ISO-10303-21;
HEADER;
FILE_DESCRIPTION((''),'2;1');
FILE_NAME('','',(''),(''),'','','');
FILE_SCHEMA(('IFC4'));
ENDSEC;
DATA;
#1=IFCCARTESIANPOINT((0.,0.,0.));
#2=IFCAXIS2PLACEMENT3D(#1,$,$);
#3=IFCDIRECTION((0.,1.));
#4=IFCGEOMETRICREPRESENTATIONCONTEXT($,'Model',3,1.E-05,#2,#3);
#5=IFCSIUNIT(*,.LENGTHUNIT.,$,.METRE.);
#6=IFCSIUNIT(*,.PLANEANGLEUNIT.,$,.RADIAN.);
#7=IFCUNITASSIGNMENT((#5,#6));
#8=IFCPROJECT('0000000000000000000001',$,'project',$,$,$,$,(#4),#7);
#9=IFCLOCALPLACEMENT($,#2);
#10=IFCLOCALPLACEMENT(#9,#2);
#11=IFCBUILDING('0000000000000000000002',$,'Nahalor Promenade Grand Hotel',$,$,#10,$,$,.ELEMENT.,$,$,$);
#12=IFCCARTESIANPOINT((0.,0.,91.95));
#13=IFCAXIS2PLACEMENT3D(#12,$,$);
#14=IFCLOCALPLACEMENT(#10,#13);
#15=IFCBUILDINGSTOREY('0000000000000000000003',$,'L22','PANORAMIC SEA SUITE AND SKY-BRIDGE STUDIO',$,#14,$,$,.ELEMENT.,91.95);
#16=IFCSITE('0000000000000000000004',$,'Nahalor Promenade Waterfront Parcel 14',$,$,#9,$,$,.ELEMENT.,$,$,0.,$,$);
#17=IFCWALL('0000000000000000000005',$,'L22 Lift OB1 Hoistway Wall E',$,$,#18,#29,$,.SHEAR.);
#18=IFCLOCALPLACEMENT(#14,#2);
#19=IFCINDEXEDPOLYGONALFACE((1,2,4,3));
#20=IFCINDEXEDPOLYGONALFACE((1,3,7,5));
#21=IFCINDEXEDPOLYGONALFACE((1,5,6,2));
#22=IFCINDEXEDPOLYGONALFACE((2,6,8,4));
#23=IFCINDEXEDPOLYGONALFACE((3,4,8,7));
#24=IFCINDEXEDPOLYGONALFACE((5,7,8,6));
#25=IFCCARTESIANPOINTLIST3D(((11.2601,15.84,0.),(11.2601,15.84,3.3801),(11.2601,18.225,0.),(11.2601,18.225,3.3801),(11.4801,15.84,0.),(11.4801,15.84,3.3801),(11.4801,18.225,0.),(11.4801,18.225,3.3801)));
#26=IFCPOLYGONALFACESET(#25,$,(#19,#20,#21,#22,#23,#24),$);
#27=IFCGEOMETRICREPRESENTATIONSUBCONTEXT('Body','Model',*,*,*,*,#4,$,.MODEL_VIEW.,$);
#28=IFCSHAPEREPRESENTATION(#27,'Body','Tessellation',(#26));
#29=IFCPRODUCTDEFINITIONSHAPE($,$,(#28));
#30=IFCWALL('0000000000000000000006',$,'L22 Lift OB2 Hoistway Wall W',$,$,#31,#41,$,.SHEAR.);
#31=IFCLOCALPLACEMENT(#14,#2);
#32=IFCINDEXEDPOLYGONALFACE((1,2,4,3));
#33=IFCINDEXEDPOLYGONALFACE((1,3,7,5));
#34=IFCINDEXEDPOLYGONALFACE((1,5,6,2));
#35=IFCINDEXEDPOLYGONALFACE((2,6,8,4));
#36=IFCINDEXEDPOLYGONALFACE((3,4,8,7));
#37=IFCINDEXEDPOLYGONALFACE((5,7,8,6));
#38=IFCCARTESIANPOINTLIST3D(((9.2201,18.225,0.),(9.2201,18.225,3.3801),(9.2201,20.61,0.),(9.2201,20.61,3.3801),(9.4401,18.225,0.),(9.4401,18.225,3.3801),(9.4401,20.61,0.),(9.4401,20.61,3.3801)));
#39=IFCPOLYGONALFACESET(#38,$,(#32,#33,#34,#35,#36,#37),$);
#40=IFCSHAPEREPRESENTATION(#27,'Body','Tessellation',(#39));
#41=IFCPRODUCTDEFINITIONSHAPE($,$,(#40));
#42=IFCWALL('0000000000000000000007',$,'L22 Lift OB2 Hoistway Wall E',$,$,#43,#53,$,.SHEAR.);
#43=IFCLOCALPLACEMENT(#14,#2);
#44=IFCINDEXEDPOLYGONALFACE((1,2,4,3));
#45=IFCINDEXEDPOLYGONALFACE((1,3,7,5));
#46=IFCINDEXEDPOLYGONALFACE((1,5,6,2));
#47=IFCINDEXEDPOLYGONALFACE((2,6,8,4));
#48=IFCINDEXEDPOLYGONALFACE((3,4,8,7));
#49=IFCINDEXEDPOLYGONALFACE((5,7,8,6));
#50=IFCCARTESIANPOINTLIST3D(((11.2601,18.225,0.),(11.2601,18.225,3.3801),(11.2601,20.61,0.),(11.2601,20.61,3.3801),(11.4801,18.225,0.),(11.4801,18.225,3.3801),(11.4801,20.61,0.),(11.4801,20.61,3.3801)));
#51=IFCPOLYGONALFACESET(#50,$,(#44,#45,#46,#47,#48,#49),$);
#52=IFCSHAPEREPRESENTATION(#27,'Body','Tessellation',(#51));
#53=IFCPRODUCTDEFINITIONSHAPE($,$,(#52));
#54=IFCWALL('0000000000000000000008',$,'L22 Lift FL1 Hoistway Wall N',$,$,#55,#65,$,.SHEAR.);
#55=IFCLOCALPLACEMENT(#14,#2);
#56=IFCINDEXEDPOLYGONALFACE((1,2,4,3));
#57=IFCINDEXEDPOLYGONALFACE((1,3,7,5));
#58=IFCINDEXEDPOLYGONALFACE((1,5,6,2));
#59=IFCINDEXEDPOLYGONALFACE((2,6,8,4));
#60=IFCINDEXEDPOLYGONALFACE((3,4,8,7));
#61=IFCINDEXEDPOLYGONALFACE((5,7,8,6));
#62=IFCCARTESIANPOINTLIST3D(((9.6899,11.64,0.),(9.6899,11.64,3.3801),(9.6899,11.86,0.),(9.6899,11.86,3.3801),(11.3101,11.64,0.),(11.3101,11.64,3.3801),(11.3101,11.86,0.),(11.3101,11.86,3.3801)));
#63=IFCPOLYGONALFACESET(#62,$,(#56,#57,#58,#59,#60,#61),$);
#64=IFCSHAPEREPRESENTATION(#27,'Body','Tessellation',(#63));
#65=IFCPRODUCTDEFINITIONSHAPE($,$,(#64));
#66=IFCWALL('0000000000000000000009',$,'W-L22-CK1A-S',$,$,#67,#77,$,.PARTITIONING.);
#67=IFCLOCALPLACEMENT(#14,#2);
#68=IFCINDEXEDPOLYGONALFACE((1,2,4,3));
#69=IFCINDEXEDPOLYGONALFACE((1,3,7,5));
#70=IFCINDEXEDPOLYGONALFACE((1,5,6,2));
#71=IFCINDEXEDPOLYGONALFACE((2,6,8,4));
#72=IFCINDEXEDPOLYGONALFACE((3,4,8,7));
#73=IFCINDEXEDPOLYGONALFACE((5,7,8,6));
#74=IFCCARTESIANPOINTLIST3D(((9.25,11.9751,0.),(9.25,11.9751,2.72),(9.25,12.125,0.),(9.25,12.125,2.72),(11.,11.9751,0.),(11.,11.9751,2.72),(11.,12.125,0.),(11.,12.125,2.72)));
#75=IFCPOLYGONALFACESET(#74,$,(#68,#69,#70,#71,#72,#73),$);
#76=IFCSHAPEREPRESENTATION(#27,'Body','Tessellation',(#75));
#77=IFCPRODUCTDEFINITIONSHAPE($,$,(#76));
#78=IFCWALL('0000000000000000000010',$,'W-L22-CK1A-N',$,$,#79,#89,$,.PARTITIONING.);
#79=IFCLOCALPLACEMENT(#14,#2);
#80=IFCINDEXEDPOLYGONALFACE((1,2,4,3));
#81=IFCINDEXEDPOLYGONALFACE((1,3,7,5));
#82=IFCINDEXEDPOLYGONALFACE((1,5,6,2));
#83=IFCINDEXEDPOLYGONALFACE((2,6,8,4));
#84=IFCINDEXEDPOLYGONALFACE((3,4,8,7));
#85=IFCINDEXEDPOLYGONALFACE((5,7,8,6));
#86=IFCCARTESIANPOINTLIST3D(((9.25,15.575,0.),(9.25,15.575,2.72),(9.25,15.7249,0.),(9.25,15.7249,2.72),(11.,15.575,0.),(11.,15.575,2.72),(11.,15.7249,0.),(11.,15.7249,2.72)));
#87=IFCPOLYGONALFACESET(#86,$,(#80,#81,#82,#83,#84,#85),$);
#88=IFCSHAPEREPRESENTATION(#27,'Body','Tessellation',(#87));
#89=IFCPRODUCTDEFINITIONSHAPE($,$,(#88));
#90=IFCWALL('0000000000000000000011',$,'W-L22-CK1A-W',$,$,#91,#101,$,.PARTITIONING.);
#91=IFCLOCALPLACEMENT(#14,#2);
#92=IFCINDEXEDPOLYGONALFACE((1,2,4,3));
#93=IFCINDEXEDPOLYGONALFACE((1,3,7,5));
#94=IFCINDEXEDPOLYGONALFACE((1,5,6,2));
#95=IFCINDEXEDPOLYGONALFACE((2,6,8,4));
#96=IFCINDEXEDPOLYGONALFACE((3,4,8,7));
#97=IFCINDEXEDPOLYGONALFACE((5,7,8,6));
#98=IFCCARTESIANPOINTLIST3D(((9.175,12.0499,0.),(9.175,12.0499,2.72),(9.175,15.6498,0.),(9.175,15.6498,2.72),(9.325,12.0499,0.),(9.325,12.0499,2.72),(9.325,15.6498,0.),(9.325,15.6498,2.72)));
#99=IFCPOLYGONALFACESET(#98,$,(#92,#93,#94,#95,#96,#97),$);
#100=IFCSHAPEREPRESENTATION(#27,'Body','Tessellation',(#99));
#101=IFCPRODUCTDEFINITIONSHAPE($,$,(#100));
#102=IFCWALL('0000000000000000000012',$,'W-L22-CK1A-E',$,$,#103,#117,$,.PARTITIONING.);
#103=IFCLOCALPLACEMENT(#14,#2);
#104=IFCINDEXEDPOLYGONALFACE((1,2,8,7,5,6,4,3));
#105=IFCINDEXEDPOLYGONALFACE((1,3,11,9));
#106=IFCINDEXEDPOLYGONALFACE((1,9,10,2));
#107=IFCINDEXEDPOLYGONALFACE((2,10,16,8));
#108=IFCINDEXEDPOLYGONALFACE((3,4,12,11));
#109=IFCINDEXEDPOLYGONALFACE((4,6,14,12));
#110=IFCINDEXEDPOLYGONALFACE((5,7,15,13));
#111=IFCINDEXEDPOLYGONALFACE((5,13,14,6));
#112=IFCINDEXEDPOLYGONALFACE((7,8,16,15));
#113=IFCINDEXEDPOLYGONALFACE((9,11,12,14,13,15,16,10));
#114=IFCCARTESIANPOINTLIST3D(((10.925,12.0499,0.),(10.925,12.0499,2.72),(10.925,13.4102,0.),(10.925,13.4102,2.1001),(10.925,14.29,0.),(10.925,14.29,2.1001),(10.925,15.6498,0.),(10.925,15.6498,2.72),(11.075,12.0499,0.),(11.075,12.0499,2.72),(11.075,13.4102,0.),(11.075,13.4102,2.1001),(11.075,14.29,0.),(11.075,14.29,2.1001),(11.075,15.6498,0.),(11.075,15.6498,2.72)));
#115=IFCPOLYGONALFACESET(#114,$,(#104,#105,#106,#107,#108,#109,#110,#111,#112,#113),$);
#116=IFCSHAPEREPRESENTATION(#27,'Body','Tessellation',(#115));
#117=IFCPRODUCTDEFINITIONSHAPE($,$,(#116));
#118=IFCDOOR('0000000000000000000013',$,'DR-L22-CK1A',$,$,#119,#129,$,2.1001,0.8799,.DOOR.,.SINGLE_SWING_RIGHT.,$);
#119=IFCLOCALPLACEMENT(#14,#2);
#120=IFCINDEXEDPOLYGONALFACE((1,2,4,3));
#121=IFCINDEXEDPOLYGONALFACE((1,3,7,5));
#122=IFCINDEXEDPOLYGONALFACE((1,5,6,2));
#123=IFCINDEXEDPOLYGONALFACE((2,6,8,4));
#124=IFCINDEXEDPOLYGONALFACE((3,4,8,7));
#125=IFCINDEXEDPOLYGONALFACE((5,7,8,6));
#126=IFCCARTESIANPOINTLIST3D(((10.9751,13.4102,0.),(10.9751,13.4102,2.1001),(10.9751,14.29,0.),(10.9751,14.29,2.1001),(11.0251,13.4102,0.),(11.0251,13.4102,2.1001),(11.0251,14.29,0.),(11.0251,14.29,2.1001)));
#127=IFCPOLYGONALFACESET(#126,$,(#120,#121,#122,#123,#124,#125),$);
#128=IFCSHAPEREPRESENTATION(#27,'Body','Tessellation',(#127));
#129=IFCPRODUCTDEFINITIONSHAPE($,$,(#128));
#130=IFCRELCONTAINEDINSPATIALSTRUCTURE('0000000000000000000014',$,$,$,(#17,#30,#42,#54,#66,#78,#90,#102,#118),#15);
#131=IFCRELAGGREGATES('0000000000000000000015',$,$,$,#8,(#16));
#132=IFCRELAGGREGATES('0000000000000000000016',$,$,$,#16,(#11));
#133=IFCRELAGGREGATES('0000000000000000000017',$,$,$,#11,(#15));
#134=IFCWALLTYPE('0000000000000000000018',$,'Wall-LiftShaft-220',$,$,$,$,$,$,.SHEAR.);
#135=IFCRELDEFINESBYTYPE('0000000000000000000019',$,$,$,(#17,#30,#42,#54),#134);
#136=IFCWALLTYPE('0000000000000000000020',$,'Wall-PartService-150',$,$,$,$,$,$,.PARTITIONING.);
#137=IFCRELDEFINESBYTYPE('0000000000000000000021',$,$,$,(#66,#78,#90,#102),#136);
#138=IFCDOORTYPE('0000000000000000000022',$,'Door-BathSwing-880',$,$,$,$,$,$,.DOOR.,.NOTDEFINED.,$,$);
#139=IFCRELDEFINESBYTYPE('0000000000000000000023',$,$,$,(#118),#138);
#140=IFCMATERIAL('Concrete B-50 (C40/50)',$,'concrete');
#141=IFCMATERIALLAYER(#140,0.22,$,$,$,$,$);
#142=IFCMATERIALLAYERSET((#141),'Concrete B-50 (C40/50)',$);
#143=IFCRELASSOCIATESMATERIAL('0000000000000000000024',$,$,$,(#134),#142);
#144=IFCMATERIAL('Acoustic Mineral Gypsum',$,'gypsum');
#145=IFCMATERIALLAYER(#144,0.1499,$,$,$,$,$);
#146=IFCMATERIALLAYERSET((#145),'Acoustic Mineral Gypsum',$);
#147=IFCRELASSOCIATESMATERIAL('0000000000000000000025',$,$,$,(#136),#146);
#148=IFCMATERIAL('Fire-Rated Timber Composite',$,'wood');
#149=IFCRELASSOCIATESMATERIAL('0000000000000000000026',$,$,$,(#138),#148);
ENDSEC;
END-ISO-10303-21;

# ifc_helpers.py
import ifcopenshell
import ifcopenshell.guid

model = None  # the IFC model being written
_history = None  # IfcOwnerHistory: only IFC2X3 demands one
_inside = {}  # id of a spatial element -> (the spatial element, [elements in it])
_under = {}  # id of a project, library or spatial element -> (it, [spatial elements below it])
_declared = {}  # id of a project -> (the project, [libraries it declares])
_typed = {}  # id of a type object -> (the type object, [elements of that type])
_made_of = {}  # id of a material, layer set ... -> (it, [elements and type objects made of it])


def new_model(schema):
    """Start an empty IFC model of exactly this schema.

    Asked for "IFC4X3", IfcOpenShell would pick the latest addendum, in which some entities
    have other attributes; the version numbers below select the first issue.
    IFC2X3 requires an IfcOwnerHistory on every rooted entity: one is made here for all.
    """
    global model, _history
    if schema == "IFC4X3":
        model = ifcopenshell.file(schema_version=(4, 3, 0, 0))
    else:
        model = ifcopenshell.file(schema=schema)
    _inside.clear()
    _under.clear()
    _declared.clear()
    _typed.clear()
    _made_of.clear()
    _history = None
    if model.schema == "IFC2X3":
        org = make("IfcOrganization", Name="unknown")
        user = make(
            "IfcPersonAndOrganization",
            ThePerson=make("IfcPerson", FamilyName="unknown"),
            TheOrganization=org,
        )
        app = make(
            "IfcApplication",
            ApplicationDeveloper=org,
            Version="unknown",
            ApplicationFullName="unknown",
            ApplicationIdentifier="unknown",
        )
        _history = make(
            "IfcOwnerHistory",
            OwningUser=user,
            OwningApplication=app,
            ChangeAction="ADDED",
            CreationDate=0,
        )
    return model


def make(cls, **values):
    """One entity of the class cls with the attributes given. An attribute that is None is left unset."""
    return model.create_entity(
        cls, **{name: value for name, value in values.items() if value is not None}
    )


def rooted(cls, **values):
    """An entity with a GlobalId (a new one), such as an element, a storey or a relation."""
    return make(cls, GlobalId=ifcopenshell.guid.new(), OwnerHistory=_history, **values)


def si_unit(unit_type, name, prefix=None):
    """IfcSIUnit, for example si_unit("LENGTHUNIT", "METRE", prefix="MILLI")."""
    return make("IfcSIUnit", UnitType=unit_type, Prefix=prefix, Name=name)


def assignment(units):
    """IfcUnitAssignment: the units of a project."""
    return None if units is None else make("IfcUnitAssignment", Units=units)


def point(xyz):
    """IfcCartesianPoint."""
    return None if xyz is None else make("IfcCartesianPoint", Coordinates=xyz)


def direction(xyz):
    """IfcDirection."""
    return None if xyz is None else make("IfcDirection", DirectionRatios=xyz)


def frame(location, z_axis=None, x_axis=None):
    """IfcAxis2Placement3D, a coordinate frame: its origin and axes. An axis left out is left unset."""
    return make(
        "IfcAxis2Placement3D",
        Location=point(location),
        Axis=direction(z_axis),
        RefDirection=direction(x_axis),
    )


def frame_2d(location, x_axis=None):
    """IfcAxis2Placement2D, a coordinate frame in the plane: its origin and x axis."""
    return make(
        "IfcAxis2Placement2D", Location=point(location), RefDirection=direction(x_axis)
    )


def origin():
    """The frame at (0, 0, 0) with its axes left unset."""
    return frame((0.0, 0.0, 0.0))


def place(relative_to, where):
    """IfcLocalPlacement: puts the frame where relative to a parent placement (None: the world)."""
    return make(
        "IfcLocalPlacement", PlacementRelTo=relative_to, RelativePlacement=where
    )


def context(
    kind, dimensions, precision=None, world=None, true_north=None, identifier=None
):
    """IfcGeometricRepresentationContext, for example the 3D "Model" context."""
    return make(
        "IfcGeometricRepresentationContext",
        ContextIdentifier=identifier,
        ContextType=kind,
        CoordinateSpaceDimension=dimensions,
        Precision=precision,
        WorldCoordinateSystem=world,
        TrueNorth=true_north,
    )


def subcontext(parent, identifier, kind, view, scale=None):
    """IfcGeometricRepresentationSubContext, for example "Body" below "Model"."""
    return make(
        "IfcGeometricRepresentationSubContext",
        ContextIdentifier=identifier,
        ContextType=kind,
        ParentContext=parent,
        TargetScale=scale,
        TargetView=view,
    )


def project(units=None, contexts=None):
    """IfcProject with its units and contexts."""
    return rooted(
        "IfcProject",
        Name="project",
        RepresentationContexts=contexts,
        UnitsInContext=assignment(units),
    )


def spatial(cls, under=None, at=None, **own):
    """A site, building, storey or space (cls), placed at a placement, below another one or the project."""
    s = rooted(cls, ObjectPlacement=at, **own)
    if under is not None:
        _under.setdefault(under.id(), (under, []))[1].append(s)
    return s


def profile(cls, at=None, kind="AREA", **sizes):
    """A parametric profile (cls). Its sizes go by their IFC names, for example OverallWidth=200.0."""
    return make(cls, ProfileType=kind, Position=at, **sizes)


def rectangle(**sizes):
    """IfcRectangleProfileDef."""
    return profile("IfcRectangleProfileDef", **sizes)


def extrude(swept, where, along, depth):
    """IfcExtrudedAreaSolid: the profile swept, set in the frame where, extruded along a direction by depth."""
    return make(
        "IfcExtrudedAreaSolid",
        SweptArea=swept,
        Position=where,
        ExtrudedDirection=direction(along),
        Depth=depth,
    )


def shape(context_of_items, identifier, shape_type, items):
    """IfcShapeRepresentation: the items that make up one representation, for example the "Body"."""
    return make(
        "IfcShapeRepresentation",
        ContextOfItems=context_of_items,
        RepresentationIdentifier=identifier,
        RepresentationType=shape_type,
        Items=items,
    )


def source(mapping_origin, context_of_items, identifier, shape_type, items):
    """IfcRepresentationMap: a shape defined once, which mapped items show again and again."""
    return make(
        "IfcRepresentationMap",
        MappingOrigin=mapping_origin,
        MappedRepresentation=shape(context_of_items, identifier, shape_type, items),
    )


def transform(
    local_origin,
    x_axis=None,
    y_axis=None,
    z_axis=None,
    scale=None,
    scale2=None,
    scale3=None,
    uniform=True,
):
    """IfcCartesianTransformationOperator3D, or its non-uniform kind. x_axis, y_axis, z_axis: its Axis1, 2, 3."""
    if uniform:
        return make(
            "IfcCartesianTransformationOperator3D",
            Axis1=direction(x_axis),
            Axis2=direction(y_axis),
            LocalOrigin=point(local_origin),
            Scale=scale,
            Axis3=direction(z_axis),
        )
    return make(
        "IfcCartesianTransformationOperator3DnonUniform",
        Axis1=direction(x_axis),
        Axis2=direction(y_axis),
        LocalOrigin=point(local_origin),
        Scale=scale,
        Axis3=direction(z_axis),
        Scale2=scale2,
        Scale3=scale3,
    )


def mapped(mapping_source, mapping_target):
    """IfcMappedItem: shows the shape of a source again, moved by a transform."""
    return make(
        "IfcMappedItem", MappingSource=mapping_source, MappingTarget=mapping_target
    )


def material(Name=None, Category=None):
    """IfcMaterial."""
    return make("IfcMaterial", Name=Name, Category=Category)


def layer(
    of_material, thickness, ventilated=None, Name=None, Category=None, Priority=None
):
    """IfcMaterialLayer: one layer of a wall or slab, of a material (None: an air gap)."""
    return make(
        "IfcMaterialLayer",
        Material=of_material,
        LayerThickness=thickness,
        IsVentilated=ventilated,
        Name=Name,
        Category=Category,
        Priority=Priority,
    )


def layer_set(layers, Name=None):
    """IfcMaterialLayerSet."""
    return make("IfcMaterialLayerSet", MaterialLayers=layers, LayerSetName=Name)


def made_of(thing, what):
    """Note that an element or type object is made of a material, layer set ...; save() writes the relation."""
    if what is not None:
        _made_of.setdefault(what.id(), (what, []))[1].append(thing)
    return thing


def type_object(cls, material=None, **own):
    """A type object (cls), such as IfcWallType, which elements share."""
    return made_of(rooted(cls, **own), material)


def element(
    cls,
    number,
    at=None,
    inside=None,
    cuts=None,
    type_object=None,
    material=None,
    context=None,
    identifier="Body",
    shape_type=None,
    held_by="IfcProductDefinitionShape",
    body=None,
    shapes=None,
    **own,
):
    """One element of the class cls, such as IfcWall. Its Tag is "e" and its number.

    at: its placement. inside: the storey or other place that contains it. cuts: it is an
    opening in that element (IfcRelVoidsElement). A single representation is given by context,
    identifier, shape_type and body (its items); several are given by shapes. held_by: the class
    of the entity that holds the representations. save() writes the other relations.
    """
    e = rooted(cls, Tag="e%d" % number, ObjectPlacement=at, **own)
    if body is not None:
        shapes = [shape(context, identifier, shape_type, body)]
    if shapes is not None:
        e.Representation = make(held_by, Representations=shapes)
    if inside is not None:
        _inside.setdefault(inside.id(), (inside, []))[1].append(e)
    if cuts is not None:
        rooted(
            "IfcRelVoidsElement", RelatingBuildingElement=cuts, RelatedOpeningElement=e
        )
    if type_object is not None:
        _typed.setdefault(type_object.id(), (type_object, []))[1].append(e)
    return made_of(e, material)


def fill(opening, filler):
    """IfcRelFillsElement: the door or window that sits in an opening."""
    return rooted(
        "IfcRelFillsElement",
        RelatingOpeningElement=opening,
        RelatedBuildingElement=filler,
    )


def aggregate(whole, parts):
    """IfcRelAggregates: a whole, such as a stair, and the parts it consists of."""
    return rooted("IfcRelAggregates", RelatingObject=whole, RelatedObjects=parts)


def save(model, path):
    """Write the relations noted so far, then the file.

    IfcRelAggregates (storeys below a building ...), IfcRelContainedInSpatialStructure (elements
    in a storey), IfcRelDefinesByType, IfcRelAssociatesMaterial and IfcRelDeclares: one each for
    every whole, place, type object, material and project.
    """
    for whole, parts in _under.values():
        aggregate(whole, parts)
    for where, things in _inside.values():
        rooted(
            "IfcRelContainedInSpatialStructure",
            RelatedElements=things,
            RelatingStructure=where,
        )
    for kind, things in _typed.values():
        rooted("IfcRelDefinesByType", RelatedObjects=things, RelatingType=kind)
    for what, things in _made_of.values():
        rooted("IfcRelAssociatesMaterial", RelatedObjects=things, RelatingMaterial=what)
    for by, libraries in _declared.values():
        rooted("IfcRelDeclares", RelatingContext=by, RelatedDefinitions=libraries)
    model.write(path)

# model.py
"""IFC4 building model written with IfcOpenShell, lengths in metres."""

from ifc_helpers import new_model, si_unit, direction, frame, frame_2d, origin, place, context, subcontext, project, spatial, rectangle, extrude, source, transform, mapped, material, layer, layer_set, type_object, element, fill, save


model = new_model("IFC4")

# Units and contexts
model_context = context("Model", 3, precision=1e-05, world=origin(), true_north=direction((0.0, 1.0)))
body_context = subcontext(model_context, "Body", "Model", "MODEL_VIEW")
ifc_project = project(units=[si_unit("LENGTHUNIT", "METRE"), si_unit("PLANEANGLEUNIT", "RADIAN")], contexts=[model_context])

# Site, building, storey
site_placement = place(None, origin())
site = spatial("IfcSite", under=ifc_project, at=site_placement, Name="Nahalor Promenade Waterfront Parcel 14", CompositionType="ELEMENT", RefElevation=0.0)
building_placement = place(site_placement, origin())
building = spatial("IfcBuilding", under=site, at=building_placement, Name="Nahalor Promenade Grand Hotel", CompositionType="ELEMENT")
storey_placement = place(building_placement, frame((0.0, 0.0, 91.95)))
storey = spatial("IfcBuildingStorey", under=building, at=storey_placement, Name="L22", Description="PANORAMIC SEA SUITE AND SKY-BRIDGE STUDIO", CompositionType="ELEMENT", Elevation=91.95)

# Walls
ifc_material_1 = material(Name="Concrete B-50 (C40/50)", Category="concrete")
ifc_layer_1 = layer(ifc_material_1, 0.22)
ifc_layer_set_1 = layer_set([ifc_layer_1], Name="Concrete B-50 (C40/50)")
wall_type_1 = type_object("IfcWallType", Name="Wall-LiftShaft-220", PredefinedType="SHEAR", material=ifc_layer_set_1)
shared_shape_1 = source(origin(), body_context, "Body", "SweptSolid", [
    extrude(rectangle(XDim=2.385, YDim=0.22, at=frame_2d((1.1924, 0.0))), origin(), (0.0, 0.0, 1.0), 3.3801),
])
for number, where, z_axis, x_axis, name in (
    (1, (11.3701, 15.8401, 0.0), (0.0, 0.0, 1.0), (0.0, 1.0, 0.0), "L22 Lift OB1 Hoistway Wall E"),
    (2, (9.3301, 18.2251, 0.0), (0.0, 0.0, 1.0), (0.0, 1.0, 0.0), "L22 Lift OB2 Hoistway Wall W"),
    (3, (11.3701, 18.2251, 0.0), (0.0, 0.0, 1.0), (0.0, 1.0, 0.0), "L22 Lift OB2 Hoistway Wall E"),
):
    element("IfcWall", number, at=place(storey_placement, frame(where, z_axis=z_axis, x_axis=x_axis)), inside=storey, type_object=wall_type_1, Name=name, PredefinedType="SHEAR", context=body_context, shape_type="MappedRepresentation", body=[
        mapped(shared_shape_1, transform((0.0, 0.0, 0.0), scale=1.0)),
    ])
shared_shape_2 = source(origin(), body_context, "Body", "SweptSolid", [
    extrude(rectangle(XDim=1.6201, YDim=0.22, at=frame_2d((0.8101, 0.0))), origin(), (0.0, 0.0, 1.0), 3.3801),
])
wall_1_placement = place(storey_placement, frame((9.6899, 11.75, 0.0), z_axis=(0.0, 0.0, 1.0), x_axis=(1.0, 0.0, 0.0)))
element("IfcWall", 4, at=wall_1_placement, inside=storey, type_object=wall_type_1, Name="L22 Lift FL1 Hoistway Wall N", PredefinedType="SHEAR", context=body_context, shape_type="MappedRepresentation", body=[
    mapped(shared_shape_2, transform((0.0, 0.0, 0.0), scale=1.0)),
])
ifc_material_2 = material(Name="Acoustic Mineral Gypsum", Category="gypsum")
ifc_layer_2 = layer(ifc_material_2, 0.1499)
ifc_layer_set_2 = layer_set([ifc_layer_2], Name="Acoustic Mineral Gypsum")
wall_type_2 = type_object("IfcWallType", Name="Wall-PartService-150", PredefinedType="PARTITIONING", material=ifc_layer_set_2)
shared_shape_3 = source(origin(), body_context, "Body", "SweptSolid", [
    extrude(rectangle(XDim=1.75, YDim=0.1499, at=frame_2d((0.875, 0.0))), origin(), (0.0, 0.0, 1.0), 2.72),
])
for number, where, z_axis, x_axis, name in (
    (5, (9.25, 12.05, 0.0), (0.0, 0.0, 1.0), (1.0, 0.0, 0.0), "W-L22-CK1A-S"),
    (6, (9.25, 15.6499, 0.0), (0.0, 0.0, 1.0), (1.0, 0.0, 0.0), "W-L22-CK1A-N"),
):
    element("IfcWall", number, at=place(storey_placement, frame(where, z_axis=z_axis, x_axis=x_axis)), inside=storey, type_object=wall_type_2, Name=name, PredefinedType="PARTITIONING", context=body_context, shape_type="MappedRepresentation", body=[
        mapped(shared_shape_3, transform((0.0, 0.0, 0.0), scale=1.0)),
    ])
shared_shape_4 = source(origin(), body_context, "Body", "SweptSolid", [
    extrude(rectangle(XDim=3.5999, YDim=0.1499, at=frame_2d((1.7998, 0.0))), origin(), (0.0, 0.0, 1.0), 2.72),
])
wall_2_placement = place(storey_placement, frame((9.25, 12.05, 0.0), z_axis=(0.0, 0.0, 1.0), x_axis=(0.0, 1.0, 0.0)))
element("IfcWall", 7, at=wall_2_placement, inside=storey, type_object=wall_type_2, Name="W-L22-CK1A-W", PredefinedType="PARTITIONING", context=body_context, shape_type="MappedRepresentation", body=[
    mapped(shared_shape_4, transform((0.0, 0.0, 0.0), scale=1.0)),
])

# Wall, opening, door
wall_3_placement = place(storey_placement, frame((11.0, 12.05, 0.0), z_axis=(0.0, 0.0, 1.0), x_axis=(0.0, 1.0, 0.0)))
wall_3 = element("IfcWall", 8, at=wall_3_placement, inside=storey, type_object=wall_type_2, Name="W-L22-CK1A-E", PredefinedType="PARTITIONING", context=body_context, shape_type="MappedRepresentation", body=[
    mapped(shared_shape_4, transform((0.0, 0.0, 0.0), scale=1.0)),
])
opening_placement = place(wall_3_placement, frame((1.3601, 0.0, 0.0)))
opening = element("IfcOpeningElement", 9, at=opening_placement, cuts=wall_3, PredefinedType="OPENING", context=body_context, shape_type="SweptSolid", body=[
    extrude(rectangle(XDim=0.8799, YDim=2.1001, at=frame_2d((0.4399, 1.05))), frame((0.0, 0.085, 0.0), z_axis=(0.0, -1.0, 0.0), x_axis=(1.0, 0.0, 0.0)), (0.0, 0.0, 1.0), 0.1699),
])
ifc_material_3 = material(Name="Fire-Rated Timber Composite", Category="wood")
door_type = type_object("IfcDoorType", Name="Door-BathSwing-880", OperationType="NOTDEFINED", PredefinedType="DOOR", material=ifc_material_3)
shared_shape_5 = source(origin(), body_context, "Body", "SweptSolid", [
    extrude(rectangle(XDim=0.8799, YDim=2.1001, at=frame_2d((0.4399, 1.05))), frame((0.0, 0.0249, 0.0), z_axis=(0.0, -1.0, 0.0), x_axis=(1.0, 0.0, 0.0)), (0.0, 0.0, 1.0), 0.05),
])
door_placement = place(opening_placement, origin())
door = element("IfcDoor", 10, at=door_placement, inside=storey, type_object=door_type, Name="DR-L22-CK1A", OperationType="SINGLE_SWING_RIGHT", OverallHeight=2.1001, OverallWidth=0.8799, PredefinedType="DOOR", context=body_context, shape_type="MappedRepresentation", body=[
    mapped(shared_shape_5, transform((0.0, 0.0, 0.0), scale=1.0)),
])
fill(opening, door)

save(model, "model.ifc")
